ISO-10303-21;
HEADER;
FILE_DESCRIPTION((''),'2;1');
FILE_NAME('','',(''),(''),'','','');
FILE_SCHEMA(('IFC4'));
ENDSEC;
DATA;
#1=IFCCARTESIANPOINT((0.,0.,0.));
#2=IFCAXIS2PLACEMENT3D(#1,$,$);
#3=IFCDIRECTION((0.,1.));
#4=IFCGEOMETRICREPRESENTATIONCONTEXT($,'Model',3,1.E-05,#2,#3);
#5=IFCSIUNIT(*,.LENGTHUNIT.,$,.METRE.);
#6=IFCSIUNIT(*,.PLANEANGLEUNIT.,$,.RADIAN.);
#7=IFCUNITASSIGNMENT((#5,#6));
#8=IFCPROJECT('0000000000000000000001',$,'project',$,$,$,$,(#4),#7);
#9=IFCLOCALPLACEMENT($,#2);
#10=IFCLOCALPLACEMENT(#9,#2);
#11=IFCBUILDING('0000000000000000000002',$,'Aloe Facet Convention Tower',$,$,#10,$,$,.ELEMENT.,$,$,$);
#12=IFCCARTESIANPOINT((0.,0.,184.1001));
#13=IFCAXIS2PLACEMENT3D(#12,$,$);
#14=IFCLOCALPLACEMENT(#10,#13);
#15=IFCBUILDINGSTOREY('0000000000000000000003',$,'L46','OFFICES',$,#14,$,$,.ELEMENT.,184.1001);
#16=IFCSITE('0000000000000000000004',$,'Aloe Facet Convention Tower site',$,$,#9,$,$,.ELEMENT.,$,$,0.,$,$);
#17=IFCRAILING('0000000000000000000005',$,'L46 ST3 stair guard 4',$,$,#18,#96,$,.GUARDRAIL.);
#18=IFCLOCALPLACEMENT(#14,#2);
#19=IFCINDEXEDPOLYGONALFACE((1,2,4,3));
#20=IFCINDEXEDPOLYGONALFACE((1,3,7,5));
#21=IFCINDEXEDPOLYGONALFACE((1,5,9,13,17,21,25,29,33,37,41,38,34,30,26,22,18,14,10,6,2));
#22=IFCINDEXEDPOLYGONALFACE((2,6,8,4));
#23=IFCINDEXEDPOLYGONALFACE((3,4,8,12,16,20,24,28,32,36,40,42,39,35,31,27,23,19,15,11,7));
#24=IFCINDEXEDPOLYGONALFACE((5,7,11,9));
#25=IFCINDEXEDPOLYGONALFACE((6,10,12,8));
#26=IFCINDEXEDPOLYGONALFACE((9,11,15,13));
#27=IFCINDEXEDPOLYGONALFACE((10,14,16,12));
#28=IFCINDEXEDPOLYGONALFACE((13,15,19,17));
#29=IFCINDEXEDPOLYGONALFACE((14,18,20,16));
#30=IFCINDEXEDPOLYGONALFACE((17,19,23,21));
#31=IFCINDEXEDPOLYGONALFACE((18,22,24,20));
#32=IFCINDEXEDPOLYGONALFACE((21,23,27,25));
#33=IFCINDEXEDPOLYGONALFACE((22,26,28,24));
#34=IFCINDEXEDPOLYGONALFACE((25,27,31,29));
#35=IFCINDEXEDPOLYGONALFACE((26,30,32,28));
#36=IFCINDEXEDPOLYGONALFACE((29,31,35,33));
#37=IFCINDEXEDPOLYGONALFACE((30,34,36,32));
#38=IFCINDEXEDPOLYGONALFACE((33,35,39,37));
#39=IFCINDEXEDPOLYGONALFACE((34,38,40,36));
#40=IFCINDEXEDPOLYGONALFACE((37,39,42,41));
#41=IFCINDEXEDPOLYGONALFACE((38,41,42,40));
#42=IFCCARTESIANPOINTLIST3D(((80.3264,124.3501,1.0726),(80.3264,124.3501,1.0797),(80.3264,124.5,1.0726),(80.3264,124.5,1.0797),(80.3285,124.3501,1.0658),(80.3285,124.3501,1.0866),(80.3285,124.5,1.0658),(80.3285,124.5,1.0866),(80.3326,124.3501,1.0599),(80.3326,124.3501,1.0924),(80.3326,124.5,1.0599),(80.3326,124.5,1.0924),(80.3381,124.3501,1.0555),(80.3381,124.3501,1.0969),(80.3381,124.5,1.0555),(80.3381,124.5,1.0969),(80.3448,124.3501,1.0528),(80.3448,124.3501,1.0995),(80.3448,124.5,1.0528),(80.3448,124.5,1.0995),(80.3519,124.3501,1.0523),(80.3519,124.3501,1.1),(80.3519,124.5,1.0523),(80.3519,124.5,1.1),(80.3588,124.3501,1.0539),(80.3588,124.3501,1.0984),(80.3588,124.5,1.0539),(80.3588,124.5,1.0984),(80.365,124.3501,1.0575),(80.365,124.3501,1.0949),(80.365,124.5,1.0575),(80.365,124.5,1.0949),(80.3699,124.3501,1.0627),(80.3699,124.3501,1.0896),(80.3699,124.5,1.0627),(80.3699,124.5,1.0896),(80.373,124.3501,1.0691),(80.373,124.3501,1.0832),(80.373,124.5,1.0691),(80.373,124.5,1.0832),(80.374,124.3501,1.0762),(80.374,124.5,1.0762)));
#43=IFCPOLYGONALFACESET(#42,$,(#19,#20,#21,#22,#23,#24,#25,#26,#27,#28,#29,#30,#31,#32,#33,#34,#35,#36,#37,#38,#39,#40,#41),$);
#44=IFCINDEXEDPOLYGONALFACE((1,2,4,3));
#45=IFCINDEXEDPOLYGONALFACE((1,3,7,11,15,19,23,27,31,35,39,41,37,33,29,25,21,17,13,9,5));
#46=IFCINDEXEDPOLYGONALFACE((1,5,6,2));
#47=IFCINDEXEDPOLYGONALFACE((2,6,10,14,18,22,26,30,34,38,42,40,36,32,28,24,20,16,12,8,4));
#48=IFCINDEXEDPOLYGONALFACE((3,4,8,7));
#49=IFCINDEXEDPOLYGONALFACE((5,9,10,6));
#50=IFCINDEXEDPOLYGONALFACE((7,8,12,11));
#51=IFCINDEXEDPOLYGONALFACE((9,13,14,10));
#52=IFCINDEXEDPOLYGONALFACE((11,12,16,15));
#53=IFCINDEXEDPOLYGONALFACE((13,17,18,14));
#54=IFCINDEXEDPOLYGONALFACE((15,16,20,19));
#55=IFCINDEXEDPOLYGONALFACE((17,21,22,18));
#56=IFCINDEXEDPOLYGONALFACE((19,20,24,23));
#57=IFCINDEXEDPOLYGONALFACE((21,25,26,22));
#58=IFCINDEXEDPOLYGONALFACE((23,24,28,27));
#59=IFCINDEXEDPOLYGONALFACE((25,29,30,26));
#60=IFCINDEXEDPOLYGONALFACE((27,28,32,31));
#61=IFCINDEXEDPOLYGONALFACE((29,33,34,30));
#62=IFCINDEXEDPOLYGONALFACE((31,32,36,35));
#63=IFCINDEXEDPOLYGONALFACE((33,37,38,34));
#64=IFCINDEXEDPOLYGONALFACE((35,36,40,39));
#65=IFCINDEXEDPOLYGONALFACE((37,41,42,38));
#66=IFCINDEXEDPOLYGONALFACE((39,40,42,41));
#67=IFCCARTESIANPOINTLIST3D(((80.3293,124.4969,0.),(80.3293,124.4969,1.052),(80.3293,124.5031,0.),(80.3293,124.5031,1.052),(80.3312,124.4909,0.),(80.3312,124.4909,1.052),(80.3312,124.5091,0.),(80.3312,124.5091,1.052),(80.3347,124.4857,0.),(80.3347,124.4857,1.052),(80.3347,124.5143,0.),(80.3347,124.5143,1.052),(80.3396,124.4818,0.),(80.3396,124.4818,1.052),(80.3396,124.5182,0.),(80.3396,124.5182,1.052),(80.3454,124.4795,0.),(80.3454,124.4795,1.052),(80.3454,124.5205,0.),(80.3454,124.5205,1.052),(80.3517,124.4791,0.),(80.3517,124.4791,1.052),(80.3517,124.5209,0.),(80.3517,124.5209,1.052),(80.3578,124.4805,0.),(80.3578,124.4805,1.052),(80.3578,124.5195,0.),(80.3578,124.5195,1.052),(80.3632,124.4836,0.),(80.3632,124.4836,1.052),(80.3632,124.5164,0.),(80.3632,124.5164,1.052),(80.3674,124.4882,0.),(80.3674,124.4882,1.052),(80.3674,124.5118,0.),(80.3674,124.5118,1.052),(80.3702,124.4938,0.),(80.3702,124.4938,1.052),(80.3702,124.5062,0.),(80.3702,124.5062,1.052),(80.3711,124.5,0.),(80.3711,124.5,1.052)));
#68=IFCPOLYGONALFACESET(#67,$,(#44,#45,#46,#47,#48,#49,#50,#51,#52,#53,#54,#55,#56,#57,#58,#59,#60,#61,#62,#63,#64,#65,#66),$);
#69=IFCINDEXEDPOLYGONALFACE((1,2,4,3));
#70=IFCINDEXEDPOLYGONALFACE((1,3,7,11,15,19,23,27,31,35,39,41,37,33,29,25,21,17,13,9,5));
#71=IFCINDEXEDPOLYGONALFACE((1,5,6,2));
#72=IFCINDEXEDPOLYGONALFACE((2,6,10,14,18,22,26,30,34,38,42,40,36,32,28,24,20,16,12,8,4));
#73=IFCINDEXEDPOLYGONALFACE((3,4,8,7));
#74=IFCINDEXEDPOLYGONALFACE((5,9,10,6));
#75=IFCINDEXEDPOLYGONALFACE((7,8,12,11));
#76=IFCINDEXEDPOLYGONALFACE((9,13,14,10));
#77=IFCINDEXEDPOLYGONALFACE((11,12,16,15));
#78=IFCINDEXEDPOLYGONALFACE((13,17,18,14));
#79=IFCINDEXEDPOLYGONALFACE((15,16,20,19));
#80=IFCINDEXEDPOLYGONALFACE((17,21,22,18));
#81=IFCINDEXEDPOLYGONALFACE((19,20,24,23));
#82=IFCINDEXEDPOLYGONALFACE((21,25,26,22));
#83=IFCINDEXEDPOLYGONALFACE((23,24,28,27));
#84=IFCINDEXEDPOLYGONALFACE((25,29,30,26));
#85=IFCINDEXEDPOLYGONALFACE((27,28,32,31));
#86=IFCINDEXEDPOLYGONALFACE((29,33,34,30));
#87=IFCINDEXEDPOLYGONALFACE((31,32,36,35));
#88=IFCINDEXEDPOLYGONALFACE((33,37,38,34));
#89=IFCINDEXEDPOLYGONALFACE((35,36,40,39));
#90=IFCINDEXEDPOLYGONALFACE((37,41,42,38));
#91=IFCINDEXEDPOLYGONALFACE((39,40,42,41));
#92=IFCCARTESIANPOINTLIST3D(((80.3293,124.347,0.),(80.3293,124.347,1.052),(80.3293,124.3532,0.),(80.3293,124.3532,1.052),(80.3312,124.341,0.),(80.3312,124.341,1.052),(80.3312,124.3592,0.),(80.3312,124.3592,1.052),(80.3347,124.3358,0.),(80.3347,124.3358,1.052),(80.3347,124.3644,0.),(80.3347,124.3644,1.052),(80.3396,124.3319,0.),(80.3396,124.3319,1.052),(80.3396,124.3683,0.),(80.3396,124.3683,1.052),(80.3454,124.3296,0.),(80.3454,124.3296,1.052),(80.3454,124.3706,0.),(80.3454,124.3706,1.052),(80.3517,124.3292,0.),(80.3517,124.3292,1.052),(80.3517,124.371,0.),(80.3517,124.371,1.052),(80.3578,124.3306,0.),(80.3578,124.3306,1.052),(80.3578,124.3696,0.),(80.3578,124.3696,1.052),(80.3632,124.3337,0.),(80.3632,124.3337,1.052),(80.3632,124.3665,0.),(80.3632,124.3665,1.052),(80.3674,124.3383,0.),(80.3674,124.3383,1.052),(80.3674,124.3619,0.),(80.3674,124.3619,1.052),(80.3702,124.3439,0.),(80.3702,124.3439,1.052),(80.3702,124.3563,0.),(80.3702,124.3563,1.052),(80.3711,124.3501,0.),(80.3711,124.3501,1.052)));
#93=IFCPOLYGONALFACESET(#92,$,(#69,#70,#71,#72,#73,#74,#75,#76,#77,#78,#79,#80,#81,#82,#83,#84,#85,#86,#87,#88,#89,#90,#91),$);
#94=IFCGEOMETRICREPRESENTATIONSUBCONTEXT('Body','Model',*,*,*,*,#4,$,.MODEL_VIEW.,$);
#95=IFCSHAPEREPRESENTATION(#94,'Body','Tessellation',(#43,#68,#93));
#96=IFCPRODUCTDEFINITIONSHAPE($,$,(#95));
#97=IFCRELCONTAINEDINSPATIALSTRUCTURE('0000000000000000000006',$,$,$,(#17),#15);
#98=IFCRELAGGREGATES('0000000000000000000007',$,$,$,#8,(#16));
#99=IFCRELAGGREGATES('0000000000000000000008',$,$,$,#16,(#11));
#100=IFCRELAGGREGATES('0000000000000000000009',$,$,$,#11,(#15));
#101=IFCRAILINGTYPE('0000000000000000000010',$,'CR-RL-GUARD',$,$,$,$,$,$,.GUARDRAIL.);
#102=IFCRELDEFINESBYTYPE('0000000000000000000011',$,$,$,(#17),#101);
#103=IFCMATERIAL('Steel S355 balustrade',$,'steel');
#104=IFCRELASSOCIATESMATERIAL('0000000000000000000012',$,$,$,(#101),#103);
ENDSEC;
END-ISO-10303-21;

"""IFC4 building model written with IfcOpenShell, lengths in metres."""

from ifc_helpers import new_model, si_unit, direction, frame, origin, origin_2d, place, context, subcontext, project, spatial, circle, extrude, material, type_object, element, save


model = new_model("IFC4")

# Units and contexts
model_context = context("Model", 3, precision=1e-05, world=origin(), true_north=direction((0.0, 1.0)))
body_context = subcontext(model_context, "Body", "Model", "MODEL_VIEW")
ifc_project = project(units=[si_unit("LENGTHUNIT", "METRE"), si_unit("PLANEANGLEUNIT", "RADIAN")], contexts=[model_context])

# Site, building, storey
site_placement = place(None, origin())
site = spatial("IfcSite", under=ifc_project, at=site_placement, Name="Aloe Facet Convention Tower site", CompositionType="ELEMENT", RefElevation=0.0)
building_placement = place(site_placement, origin())
building = spatial("IfcBuilding", under=site, at=building_placement, Name="Aloe Facet Convention Tower", CompositionType="ELEMENT")
storey_placement = place(building_placement, frame((0.0, 0.0, 184.1001)))
storey = spatial("IfcBuildingStorey", under=building, at=storey_placement, Name="L46", Description="OFFICES", CompositionType="ELEMENT", Elevation=184.1001)

# Railing
ifc_material_1 = material(Name="Steel S355 balustrade", Category="steel")
railing_type_1 = type_object("IfcRailingType", Name="CR-RL-GUARD", PredefinedType="GUARDRAIL", material=ifc_material_1)
railing_1_placement = place(storey_placement, frame((80.3501, 124.5, 0.0)))
element("IfcRailing", 1, at=railing_1_placement, inside=storey, type_object=railing_type_1, Name="L46 ST3 stair guard 4", PredefinedType="GUARDRAIL", context=body_context, shape_type="SweptSolid", body=[
    extrude(circle(Radius=0.0239, at=origin_2d()), frame((0.0, 0.0, 1.0762), z_axis=(0.0, -1.0, 0.0), x_axis=(1.0, 0.0, 0.0)), (0.0, 0.0, 1.0), 0.1499),
    extrude(circle(Radius=0.021, at=origin_2d()), origin(), (0.0, 0.0, 1.0), 1.052),
    extrude(circle(Radius=0.021, at=origin_2d()), frame((0.0, -0.1499, 0.0)), (0.0, 0.0, 1.0), 1.052),
])

save(model, "model.ifc")
